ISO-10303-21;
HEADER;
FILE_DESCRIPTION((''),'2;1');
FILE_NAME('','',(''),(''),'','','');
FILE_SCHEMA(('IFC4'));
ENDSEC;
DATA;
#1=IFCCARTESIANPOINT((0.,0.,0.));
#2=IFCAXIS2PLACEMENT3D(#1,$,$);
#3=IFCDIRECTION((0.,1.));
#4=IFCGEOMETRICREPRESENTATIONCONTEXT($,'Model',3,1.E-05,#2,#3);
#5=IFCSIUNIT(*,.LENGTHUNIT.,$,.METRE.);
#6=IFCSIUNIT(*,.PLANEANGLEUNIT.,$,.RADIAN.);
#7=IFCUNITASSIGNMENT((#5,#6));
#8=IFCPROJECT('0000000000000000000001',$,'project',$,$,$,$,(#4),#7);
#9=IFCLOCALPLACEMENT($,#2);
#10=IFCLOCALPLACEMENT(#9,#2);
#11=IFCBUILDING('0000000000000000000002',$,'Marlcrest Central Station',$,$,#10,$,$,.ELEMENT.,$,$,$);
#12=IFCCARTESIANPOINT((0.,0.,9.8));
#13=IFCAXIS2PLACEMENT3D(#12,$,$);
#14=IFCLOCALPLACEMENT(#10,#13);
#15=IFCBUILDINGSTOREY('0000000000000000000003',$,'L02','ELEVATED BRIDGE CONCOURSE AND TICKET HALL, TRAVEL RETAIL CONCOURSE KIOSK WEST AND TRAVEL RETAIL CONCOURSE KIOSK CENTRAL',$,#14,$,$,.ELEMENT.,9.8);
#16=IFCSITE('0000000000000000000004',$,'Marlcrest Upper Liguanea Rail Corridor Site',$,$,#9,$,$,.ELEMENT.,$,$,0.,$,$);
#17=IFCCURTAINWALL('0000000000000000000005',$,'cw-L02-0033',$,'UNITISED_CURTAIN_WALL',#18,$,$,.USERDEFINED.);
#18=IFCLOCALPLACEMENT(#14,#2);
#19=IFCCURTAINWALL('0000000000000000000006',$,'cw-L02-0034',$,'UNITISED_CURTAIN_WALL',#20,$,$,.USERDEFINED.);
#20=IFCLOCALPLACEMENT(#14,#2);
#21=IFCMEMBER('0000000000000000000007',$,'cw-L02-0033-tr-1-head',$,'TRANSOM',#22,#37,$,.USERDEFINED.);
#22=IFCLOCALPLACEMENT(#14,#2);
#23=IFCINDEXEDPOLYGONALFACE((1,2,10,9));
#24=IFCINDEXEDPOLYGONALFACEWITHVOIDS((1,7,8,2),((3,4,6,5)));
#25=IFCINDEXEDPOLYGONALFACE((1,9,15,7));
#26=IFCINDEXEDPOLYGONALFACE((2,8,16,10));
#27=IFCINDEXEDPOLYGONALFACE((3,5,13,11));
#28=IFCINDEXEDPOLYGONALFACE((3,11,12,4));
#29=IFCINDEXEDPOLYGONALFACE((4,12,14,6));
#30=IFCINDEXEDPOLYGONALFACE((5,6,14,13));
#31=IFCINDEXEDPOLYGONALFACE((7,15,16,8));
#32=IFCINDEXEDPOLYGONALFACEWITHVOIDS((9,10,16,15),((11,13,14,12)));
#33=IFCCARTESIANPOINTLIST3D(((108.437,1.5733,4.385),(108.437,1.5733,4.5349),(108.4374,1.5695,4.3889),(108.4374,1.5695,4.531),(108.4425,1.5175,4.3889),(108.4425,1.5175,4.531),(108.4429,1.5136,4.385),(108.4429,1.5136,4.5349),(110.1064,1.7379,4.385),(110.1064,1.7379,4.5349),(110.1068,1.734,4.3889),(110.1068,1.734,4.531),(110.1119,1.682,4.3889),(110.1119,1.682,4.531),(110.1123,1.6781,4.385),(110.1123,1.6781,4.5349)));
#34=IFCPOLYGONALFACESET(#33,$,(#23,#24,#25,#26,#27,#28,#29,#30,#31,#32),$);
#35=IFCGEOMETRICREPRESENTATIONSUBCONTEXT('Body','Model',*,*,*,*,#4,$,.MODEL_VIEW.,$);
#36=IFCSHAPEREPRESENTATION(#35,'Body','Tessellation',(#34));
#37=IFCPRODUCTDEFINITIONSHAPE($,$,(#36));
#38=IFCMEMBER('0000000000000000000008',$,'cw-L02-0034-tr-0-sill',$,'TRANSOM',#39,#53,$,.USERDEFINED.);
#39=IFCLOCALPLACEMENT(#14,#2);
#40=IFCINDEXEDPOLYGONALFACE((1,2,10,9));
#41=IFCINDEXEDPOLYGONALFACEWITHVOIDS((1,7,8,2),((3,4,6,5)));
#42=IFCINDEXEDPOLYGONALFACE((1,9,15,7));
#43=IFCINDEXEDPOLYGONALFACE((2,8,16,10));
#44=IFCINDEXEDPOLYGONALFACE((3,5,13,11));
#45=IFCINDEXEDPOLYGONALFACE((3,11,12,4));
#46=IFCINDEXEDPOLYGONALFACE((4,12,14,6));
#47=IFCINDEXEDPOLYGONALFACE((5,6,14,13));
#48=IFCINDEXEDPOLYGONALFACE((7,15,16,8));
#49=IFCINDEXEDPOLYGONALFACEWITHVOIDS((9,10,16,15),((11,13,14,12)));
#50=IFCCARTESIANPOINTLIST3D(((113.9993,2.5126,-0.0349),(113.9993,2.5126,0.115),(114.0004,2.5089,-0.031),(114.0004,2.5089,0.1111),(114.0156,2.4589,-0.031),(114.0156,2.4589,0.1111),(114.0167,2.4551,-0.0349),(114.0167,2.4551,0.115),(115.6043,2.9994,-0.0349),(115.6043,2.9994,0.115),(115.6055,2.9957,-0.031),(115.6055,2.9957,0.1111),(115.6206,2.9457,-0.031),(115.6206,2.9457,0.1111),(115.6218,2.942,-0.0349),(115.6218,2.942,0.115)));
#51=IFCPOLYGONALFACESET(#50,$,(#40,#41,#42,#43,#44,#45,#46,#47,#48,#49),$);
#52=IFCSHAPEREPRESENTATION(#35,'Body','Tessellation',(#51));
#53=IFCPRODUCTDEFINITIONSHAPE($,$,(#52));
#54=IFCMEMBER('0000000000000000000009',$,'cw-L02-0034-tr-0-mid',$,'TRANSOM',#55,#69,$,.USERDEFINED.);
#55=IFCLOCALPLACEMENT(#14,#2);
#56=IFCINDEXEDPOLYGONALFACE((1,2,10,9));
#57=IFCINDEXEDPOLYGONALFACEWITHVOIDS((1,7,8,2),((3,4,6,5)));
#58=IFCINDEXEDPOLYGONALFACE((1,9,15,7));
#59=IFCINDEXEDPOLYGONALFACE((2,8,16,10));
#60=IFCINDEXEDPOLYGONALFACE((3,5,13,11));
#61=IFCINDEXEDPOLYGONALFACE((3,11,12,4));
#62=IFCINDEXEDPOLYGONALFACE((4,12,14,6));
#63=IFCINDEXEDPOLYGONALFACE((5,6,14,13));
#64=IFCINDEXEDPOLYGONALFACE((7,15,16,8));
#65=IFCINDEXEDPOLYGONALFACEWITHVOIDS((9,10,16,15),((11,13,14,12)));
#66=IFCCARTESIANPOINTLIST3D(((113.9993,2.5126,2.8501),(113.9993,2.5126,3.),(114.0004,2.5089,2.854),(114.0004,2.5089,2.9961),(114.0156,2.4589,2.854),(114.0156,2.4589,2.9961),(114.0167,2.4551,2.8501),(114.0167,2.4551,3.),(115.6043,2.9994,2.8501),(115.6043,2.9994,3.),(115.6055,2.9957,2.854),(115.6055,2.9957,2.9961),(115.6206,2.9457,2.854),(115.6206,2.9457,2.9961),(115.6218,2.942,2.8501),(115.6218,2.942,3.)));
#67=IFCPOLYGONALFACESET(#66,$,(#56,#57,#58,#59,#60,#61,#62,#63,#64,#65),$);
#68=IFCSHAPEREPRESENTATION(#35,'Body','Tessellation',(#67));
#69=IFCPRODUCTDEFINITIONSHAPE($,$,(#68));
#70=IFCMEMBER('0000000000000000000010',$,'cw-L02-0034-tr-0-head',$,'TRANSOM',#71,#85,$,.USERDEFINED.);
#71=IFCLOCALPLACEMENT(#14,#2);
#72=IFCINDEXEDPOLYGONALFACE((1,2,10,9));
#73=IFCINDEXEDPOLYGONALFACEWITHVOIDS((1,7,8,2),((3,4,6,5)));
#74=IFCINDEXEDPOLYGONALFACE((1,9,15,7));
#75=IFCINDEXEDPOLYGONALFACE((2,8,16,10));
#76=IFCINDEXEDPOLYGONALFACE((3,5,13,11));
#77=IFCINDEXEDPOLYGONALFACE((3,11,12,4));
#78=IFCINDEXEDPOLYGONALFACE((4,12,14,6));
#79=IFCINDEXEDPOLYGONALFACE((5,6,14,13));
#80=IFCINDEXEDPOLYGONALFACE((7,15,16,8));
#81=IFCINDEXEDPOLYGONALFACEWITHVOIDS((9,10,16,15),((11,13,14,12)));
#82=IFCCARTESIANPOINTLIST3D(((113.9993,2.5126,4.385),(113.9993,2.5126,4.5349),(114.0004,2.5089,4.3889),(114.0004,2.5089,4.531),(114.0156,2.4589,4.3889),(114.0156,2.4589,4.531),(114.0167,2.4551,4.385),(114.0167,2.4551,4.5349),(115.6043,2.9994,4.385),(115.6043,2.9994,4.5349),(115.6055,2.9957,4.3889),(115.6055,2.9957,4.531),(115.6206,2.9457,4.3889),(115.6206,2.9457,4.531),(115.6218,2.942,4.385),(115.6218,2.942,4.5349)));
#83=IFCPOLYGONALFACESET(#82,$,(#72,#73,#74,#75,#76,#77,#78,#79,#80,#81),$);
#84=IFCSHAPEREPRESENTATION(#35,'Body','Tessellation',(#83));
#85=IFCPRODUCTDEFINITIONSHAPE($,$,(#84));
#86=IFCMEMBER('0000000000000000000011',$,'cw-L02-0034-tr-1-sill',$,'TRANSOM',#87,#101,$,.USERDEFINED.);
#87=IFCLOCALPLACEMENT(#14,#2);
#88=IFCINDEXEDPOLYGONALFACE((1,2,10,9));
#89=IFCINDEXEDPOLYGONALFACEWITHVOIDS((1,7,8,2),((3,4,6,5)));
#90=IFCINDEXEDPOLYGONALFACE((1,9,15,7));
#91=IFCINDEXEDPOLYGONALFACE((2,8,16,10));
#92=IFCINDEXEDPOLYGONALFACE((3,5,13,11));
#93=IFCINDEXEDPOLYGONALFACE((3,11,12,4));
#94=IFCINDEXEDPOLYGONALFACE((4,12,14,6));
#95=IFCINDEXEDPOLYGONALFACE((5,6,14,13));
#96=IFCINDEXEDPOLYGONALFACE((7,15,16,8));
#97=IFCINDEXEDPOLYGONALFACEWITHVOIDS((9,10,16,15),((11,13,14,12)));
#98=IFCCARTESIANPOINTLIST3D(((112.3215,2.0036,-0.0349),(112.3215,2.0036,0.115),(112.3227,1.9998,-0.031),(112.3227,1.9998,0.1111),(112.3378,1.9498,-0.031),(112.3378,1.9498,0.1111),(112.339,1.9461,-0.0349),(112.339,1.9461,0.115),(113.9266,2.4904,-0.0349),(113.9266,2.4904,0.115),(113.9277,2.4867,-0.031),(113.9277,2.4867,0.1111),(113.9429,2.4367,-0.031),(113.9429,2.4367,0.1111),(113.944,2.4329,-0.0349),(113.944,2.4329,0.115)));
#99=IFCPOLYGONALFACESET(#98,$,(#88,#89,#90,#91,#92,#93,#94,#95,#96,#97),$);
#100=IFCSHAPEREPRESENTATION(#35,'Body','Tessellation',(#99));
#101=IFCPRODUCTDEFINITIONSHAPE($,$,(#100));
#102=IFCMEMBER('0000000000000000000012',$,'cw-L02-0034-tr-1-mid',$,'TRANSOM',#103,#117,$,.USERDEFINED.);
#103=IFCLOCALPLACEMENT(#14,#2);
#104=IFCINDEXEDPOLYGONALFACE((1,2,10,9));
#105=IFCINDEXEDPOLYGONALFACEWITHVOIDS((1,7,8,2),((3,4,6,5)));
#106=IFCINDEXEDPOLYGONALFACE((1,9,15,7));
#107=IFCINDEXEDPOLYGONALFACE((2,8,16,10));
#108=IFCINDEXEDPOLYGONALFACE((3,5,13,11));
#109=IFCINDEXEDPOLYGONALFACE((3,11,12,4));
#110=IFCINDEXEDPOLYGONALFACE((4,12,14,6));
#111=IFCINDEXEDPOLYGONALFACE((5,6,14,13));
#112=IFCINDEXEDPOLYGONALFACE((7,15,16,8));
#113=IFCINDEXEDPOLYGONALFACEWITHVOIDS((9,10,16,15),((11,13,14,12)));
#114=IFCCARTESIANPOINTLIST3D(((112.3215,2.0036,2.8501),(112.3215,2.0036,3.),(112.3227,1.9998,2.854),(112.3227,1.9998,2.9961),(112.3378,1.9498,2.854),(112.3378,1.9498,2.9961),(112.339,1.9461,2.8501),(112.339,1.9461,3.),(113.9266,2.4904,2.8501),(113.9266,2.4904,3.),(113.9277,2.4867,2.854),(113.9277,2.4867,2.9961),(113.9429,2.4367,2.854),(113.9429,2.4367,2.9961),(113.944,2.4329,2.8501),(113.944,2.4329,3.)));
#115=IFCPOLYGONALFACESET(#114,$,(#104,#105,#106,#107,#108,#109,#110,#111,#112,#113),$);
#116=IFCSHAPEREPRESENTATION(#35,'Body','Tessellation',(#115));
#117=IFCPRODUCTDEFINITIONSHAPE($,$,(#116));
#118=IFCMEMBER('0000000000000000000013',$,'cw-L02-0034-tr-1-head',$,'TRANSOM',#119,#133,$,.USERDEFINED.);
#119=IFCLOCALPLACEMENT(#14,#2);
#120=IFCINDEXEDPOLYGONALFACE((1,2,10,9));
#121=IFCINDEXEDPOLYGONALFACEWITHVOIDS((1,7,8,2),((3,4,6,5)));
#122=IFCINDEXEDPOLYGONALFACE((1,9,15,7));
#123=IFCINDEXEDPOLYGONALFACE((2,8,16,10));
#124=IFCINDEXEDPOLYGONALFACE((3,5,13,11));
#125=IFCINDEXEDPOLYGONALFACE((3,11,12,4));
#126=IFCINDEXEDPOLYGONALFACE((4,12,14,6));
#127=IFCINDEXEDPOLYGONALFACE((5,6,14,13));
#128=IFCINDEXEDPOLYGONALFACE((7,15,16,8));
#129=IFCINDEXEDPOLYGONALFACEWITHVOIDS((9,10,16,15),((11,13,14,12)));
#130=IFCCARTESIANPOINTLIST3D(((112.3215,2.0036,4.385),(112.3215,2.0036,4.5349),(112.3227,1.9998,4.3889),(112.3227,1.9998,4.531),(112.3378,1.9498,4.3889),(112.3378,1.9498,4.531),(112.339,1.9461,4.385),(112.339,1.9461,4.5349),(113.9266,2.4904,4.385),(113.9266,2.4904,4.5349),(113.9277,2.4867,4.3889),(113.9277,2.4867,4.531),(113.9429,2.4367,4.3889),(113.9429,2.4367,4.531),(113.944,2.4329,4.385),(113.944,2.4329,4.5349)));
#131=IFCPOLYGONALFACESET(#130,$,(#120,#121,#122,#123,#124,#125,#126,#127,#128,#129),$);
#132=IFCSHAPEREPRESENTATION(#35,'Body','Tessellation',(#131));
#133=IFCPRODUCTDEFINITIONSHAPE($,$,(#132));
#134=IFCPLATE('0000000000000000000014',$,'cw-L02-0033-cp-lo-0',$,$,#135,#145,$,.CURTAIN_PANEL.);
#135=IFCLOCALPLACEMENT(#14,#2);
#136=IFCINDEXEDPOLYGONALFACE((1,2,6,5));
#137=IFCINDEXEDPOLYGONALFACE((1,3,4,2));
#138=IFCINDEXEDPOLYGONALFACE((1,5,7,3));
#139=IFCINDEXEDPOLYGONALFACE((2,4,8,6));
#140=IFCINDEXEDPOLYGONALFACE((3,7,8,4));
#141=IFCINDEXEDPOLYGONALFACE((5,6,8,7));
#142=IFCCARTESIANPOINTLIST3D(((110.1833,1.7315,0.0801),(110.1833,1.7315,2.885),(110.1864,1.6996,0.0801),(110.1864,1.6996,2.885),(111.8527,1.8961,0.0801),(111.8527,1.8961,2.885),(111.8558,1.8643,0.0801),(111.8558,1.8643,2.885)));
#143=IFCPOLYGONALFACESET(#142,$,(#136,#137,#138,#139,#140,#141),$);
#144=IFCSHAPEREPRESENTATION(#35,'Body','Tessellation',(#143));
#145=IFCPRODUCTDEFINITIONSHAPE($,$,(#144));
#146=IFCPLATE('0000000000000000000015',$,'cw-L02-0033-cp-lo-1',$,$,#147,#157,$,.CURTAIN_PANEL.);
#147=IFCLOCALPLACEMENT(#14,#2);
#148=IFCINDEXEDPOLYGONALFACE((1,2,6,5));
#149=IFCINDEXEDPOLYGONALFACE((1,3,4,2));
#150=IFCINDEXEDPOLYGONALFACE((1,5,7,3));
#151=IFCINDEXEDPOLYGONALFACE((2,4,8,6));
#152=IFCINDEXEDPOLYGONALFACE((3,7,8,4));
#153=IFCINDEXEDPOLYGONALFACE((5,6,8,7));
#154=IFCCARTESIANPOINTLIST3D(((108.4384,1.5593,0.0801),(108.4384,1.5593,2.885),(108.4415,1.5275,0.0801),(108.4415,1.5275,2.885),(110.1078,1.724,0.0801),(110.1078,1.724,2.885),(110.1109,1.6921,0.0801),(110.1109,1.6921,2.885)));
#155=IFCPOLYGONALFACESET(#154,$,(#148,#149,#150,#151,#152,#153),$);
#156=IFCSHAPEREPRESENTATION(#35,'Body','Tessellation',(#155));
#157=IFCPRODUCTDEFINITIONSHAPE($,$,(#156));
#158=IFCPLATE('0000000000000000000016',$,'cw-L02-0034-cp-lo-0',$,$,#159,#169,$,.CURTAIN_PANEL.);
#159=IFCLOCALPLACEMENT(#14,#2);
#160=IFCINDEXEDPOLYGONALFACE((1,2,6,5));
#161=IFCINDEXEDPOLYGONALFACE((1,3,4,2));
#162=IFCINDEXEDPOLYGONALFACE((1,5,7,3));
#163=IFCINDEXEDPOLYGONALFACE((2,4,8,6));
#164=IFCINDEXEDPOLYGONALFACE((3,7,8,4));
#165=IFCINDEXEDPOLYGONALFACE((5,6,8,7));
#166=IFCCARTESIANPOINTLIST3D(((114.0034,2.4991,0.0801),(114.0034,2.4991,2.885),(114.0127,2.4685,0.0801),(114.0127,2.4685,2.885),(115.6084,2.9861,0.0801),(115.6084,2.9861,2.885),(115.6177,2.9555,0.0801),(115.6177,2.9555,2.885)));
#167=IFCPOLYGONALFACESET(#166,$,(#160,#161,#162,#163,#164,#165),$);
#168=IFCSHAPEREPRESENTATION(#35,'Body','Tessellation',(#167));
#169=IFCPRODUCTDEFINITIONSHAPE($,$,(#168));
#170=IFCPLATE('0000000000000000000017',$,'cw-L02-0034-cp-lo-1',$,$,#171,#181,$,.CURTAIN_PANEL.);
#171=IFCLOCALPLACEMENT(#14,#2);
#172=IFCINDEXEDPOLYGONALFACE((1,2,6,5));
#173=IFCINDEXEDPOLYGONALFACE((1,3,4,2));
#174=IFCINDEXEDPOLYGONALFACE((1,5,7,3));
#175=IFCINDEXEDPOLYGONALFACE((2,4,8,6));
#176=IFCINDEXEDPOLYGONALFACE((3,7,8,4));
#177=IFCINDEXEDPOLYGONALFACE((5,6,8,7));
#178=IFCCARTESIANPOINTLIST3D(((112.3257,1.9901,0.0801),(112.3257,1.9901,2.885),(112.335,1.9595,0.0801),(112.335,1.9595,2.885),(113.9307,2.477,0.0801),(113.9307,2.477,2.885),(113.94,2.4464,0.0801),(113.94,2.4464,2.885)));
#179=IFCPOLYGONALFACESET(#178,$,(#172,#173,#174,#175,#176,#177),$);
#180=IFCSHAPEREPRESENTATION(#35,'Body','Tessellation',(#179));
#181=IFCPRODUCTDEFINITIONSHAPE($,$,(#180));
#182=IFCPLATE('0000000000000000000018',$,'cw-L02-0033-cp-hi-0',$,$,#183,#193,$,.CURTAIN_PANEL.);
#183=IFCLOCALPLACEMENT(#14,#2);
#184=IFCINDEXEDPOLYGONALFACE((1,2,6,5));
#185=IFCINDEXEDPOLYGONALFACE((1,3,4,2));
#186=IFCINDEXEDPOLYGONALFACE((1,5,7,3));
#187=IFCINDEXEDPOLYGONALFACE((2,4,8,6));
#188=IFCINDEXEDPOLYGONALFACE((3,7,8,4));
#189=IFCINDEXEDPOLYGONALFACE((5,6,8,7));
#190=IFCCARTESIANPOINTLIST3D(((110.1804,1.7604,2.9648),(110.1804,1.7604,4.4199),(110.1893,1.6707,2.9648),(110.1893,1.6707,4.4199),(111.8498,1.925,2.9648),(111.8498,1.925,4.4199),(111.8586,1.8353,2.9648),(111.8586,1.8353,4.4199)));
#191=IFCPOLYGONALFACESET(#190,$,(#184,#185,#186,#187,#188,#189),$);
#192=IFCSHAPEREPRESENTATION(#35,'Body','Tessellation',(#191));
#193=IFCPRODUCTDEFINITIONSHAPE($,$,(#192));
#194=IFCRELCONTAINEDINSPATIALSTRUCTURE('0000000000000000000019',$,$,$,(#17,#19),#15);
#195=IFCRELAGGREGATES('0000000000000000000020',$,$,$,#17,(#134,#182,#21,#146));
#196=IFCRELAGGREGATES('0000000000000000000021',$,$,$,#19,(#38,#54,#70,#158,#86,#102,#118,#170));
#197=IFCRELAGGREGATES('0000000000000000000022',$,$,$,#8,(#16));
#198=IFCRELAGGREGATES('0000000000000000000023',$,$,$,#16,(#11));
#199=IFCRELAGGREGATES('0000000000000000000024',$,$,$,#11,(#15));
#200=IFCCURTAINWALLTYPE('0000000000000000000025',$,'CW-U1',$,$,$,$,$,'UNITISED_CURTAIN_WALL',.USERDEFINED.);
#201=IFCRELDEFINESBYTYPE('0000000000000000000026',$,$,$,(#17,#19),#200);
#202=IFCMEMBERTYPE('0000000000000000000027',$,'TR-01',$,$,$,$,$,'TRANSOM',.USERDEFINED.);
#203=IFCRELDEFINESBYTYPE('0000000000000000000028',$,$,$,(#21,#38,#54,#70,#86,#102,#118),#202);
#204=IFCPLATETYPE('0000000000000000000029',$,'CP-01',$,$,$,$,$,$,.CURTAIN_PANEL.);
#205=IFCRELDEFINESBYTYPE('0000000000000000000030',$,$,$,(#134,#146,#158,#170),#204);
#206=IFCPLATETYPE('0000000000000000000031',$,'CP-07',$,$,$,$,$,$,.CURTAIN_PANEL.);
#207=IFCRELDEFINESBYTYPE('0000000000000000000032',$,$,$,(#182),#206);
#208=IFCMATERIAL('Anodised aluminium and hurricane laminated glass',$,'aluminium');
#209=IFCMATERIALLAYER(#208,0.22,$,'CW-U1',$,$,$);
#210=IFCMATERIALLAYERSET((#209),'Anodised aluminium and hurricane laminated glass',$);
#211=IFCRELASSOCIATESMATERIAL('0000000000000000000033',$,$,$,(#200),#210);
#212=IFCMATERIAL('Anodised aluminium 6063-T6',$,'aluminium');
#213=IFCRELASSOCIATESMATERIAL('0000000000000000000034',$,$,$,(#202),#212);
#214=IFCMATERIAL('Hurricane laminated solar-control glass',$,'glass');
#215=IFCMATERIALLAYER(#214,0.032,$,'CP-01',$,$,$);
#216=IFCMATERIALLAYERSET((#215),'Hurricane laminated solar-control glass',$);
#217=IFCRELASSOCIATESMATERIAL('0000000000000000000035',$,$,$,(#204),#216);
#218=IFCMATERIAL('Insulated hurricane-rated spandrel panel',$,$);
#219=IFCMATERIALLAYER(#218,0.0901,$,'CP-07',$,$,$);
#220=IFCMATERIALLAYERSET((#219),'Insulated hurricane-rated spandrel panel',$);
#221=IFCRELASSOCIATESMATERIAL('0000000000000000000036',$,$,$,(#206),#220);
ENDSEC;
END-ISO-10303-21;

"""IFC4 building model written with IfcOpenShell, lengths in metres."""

from ifc_helpers import new_model, si_unit, direction, frame, origin, origin_2d, place, context, subcontext, project, spatial, rectangle, hollow_rectangle, extrude, material, layer, layer_set, material_profile, profile_set, type_object, element, aggregate, save


model = new_model("IFC4")

# Units and contexts
model_context = context("Model", 3, precision=1e-05, world=origin(), true_north=direction((0.0, 1.0)))
body_context = subcontext(model_context, "Body", "Model", "MODEL_VIEW")
ifc_project = project(units=[si_unit("LENGTHUNIT", "METRE"), si_unit("PLANEANGLEUNIT", "RADIAN")], contexts=[model_context])

# Site, building, storey
site_placement = place(None, origin())
site = spatial("IfcSite", under=ifc_project, at=site_placement, Name="Marlcrest Upper Liguanea Rail Corridor Site", CompositionType="ELEMENT", RefElevation=0.0)
building_placement = place(site_placement, origin())
building = spatial("IfcBuilding", under=site, at=building_placement, Name="Marlcrest Central Station", CompositionType="ELEMENT")
storey_placement = place(building_placement, frame((0.0, 0.0, 9.8)))
storey = spatial("IfcBuildingStorey", under=building, at=storey_placement, Name="L02", Description="ELEVATED BRIDGE CONCOURSE AND TICKET HALL, TRAVEL RETAIL CONCOURSE KIOSK WEST AND TRAVEL RETAIL CONCOURSE KIOSK CENTRAL", CompositionType="ELEMENT", Elevation=9.8)

# Curtain walls
ifc_material_1 = material(Name="Anodised aluminium and hurricane laminated glass", Category="aluminium")
ifc_layer_1 = layer(ifc_material_1, 0.22, Name="CW-U1")
ifc_layer_set_1 = layer_set([ifc_layer_1], Name="Anodised aluminium and hurricane laminated glass")
curtain_wall_type = type_object("IfcCurtainWallType", Name="CW-U1", ElementType="UNITISED_CURTAIN_WALL", PredefinedType="USERDEFINED", material=ifc_layer_set_1)
curtain_wall_1_placement = place(storey_placement, origin())
curtain_wall_1 = element("IfcCurtainWall", 1, at=curtain_wall_1_placement, inside=storey, type_object=curtain_wall_type, Name="cw-L02-0033", ObjectType="UNITISED_CURTAIN_WALL", PredefinedType="USERDEFINED")
ifc_material_2 = material(Name="Anodised aluminium 6063-T6", Category="aluminium")
curtain_wall_2_placement = place(storey_placement, origin())
curtain_wall_2 = element("IfcCurtainWall", 2, at=curtain_wall_2_placement, inside=storey, type_object=curtain_wall_type, Name="cw-L02-0034", ObjectType="UNITISED_CURTAIN_WALL", PredefinedType="USERDEFINED")

# Members
ifc_material_profile_1 = material_profile(ifc_material_2, hollow_rectangle(XDim=0.0601, YDim=0.1499, WallThickness=0.0039, at=origin_2d()), Name="AA-RHS 150x60x4")
ifc_profile_set_1 = profile_set([ifc_material_profile_1], Name="Anodised aluminium 6063-T6")
member_type_1 = type_object("IfcMemberType", Name="TR-01", ElementType="TRANSOM", PredefinedType="USERDEFINED", material=ifc_profile_set_1)
member_1_placement = place(storey_placement, frame((110.1094, 1.708, 4.46), z_axis=(-0.995177, -0.098091, 0.0), x_axis=(0.098091, -0.995177, 0.0)))
member_1 = element("IfcMember", 3, at=member_1_placement, type_object=member_type_1, Name="cw-L02-0033-tr-1-head", ObjectType="TRANSOM", PredefinedType="USERDEFINED", context=body_context, shape_type="SweptSolid", body=[
    extrude(hollow_rectangle(XDim=0.0601, YDim=0.1499, WallThickness=0.0039, at=origin_2d()), origin(), (0.0, 0.0, 1.0), 1.6775),
])
member_2_placement = place(storey_placement, frame((115.613, 2.9707, 0.04), z_axis=(-0.956948, -0.290258, 0.0), x_axis=(0.290258, -0.956948, 0.0)))
member_2 = element("IfcMember", 4, at=member_2_placement, type_object=member_type_1, Name="cw-L02-0034-tr-0-sill", ObjectType="TRANSOM", PredefinedType="USERDEFINED", context=body_context, shape_type="SweptSolid", body=[
    extrude(hollow_rectangle(XDim=0.0601, YDim=0.1499, WallThickness=0.0039, at=origin_2d()), origin(), (0.0, 0.0, 1.0), 1.6772),
])
member_3_placement = place(storey_placement, frame((115.613, 2.9707, 2.925), z_axis=(-0.956948, -0.290258, 0.0), x_axis=(0.290258, -0.956948, 0.0)))
member_3 = element("IfcMember", 5, at=member_3_placement, type_object=member_type_1, Name="cw-L02-0034-tr-0-mid", ObjectType="TRANSOM", PredefinedType="USERDEFINED", context=body_context, shape_type="SweptSolid", body=[
    extrude(hollow_rectangle(XDim=0.0601, YDim=0.1499, WallThickness=0.0039, at=origin_2d()), origin(), (0.0, 0.0, 1.0), 1.6772),
])
member_4_placement = place(storey_placement, frame((115.613, 2.9707, 4.46), z_axis=(-0.956948, -0.290258, 0.0), x_axis=(0.290258, -0.956948, 0.0)))
member_4 = element("IfcMember", 6, at=member_4_placement, type_object=member_type_1, Name="cw-L02-0034-tr-0-head", ObjectType="TRANSOM", PredefinedType="USERDEFINED", context=body_context, shape_type="SweptSolid", body=[
    extrude(hollow_rectangle(XDim=0.0601, YDim=0.1499, WallThickness=0.0039, at=origin_2d()), origin(), (0.0, 0.0, 1.0), 1.6772),
])
member_5_placement = place(storey_placement, frame((113.9353, 2.4617, 0.04), z_axis=(-0.956948, -0.290258, 0.0), x_axis=(0.290258, -0.956948, 0.0)))
member_5 = element("IfcMember", 7, at=member_5_placement, type_object=member_type_1, Name="cw-L02-0034-tr-1-sill", ObjectType="TRANSOM", PredefinedType="USERDEFINED", context=body_context, shape_type="SweptSolid", body=[
    extrude(hollow_rectangle(XDim=0.0601, YDim=0.1499, WallThickness=0.0039, at=origin_2d()), origin(), (0.0, 0.0, 1.0), 1.6772),
])
member_6_placement = place(storey_placement, frame((113.9353, 2.4617, 2.925), z_axis=(-0.956948, -0.290258, 0.0), x_axis=(0.290258, -0.956948, 0.0)))
member_6 = element("IfcMember", 8, at=member_6_placement, type_object=member_type_1, Name="cw-L02-0034-tr-1-mid", ObjectType="TRANSOM", PredefinedType="USERDEFINED", context=body_context, shape_type="SweptSolid", body=[
    extrude(hollow_rectangle(XDim=0.0601, YDim=0.1499, WallThickness=0.0039, at=origin_2d()), origin(), (0.0, 0.0, 1.0), 1.6772),
])
member_7_placement = place(storey_placement, frame((113.9353, 2.4617, 4.46), z_axis=(-0.956948, -0.290258, 0.0), x_axis=(0.290258, -0.956948, 0.0)))
member_7 = element("IfcMember", 9, at=member_7_placement, type_object=member_type_1, Name="cw-L02-0034-tr-1-head", ObjectType="TRANSOM", PredefinedType="USERDEFINED", context=body_context, shape_type="SweptSolid", body=[
    extrude(hollow_rectangle(XDim=0.0601, YDim=0.1499, WallThickness=0.0039, at=origin_2d()), origin(), (0.0, 0.0, 1.0), 1.6772),
])

# Plates
ifc_material_3 = material(Name="Hurricane laminated solar-control glass", Category="glass")
ifc_layer_2 = layer(ifc_material_3, 0.032, Name="CP-01")
ifc_layer_set_2 = layer_set([ifc_layer_2], Name="Hurricane laminated solar-control glass")
plate_type_1 = type_object("IfcPlateType", Name="CP-01", PredefinedType="CURTAIN_PANEL", material=ifc_layer_set_2)
plate_1_placement = place(storey_placement, frame((111.0195, 1.7979, 0.0801), z_axis=(0.0, 0.0, 1.0), x_axis=(-0.995173, -0.098139, 0.0)))
plate_1 = element("IfcPlate", 10, at=plate_1_placement, type_object=plate_type_1, Name="cw-L02-0033-cp-lo-0", PredefinedType="CURTAIN_PANEL", context=body_context, shape_type="SweptSolid", body=[
    extrude(rectangle(XDim=1.6775, YDim=0.032, at=origin_2d()), origin(), (0.0, 0.0, 1.0), 2.8049),
])
plate_2_placement = place(storey_placement, frame((109.2747, 1.6257, 0.0801), z_axis=(0.0, 0.0, 1.0), x_axis=(-0.995173, -0.098139, 0.0)))
plate_2 = element("IfcPlate", 11, at=plate_2_placement, type_object=plate_type_1, Name="cw-L02-0033-cp-lo-1", PredefinedType="CURTAIN_PANEL", context=body_context, shape_type="SweptSolid", body=[
    extrude(rectangle(XDim=1.6775, YDim=0.032, at=origin_2d()), origin(), (0.0, 0.0, 1.0), 2.8049),
])
plate_3_placement = place(storey_placement, frame((114.8105, 2.7273, 0.0801), z_axis=(0.0, 0.0, 1.0), x_axis=(-0.95693, -0.290318, 0.0)))
plate_3 = element("IfcPlate", 12, at=plate_3_placement, type_object=plate_type_1, Name="cw-L02-0034-cp-lo-0", PredefinedType="CURTAIN_PANEL", context=body_context, shape_type="SweptSolid", body=[
    extrude(rectangle(XDim=1.6772, YDim=0.032, at=origin_2d()), origin(), (0.0, 0.0, 1.0), 2.8049),
])
plate_4_placement = place(storey_placement, frame((113.1328, 2.2183, 0.0801), z_axis=(0.0, 0.0, 1.0), x_axis=(-0.95693, -0.290318, 0.0)))
plate_4 = element("IfcPlate", 13, at=plate_4_placement, type_object=plate_type_1, Name="cw-L02-0034-cp-lo-1", PredefinedType="CURTAIN_PANEL", context=body_context, shape_type="SweptSolid", body=[
    extrude(rectangle(XDim=1.6772, YDim=0.032, at=origin_2d()), origin(), (0.0, 0.0, 1.0), 2.8049),
])
ifc_material_4 = material(Name="Insulated hurricane-rated spandrel panel")
ifc_layer_3 = layer(ifc_material_4, 0.0901, Name="CP-07")
ifc_layer_set_3 = layer_set([ifc_layer_3], Name="Insulated hurricane-rated spandrel panel")
plate_type_2 = type_object("IfcPlateType", Name="CP-07", PredefinedType="CURTAIN_PANEL", material=ifc_layer_set_3)
plate_5_placement = place(storey_placement, frame((111.0195, 1.7979, 2.9648), z_axis=(0.0, 0.0, 1.0), x_axis=(-0.995173, -0.098139, 0.0)))
plate_5 = element("IfcPlate", 14, at=plate_5_placement, type_object=plate_type_2, Name="cw-L02-0033-cp-hi-0", PredefinedType="CURTAIN_PANEL", context=body_context, shape_type="SweptSolid", body=[
    extrude(rectangle(XDim=1.6775, YDim=0.0901, at=origin_2d()), origin(), (0.0, 0.0, 1.0), 1.4551),
])
aggregate(curtain_wall_1, [plate_1, plate_5, member_1, plate_2])
aggregate(curtain_wall_2, [member_2, member_3, member_4, plate_3, member_5, member_6, member_7, plate_4])

save(model, "model.ifc")
